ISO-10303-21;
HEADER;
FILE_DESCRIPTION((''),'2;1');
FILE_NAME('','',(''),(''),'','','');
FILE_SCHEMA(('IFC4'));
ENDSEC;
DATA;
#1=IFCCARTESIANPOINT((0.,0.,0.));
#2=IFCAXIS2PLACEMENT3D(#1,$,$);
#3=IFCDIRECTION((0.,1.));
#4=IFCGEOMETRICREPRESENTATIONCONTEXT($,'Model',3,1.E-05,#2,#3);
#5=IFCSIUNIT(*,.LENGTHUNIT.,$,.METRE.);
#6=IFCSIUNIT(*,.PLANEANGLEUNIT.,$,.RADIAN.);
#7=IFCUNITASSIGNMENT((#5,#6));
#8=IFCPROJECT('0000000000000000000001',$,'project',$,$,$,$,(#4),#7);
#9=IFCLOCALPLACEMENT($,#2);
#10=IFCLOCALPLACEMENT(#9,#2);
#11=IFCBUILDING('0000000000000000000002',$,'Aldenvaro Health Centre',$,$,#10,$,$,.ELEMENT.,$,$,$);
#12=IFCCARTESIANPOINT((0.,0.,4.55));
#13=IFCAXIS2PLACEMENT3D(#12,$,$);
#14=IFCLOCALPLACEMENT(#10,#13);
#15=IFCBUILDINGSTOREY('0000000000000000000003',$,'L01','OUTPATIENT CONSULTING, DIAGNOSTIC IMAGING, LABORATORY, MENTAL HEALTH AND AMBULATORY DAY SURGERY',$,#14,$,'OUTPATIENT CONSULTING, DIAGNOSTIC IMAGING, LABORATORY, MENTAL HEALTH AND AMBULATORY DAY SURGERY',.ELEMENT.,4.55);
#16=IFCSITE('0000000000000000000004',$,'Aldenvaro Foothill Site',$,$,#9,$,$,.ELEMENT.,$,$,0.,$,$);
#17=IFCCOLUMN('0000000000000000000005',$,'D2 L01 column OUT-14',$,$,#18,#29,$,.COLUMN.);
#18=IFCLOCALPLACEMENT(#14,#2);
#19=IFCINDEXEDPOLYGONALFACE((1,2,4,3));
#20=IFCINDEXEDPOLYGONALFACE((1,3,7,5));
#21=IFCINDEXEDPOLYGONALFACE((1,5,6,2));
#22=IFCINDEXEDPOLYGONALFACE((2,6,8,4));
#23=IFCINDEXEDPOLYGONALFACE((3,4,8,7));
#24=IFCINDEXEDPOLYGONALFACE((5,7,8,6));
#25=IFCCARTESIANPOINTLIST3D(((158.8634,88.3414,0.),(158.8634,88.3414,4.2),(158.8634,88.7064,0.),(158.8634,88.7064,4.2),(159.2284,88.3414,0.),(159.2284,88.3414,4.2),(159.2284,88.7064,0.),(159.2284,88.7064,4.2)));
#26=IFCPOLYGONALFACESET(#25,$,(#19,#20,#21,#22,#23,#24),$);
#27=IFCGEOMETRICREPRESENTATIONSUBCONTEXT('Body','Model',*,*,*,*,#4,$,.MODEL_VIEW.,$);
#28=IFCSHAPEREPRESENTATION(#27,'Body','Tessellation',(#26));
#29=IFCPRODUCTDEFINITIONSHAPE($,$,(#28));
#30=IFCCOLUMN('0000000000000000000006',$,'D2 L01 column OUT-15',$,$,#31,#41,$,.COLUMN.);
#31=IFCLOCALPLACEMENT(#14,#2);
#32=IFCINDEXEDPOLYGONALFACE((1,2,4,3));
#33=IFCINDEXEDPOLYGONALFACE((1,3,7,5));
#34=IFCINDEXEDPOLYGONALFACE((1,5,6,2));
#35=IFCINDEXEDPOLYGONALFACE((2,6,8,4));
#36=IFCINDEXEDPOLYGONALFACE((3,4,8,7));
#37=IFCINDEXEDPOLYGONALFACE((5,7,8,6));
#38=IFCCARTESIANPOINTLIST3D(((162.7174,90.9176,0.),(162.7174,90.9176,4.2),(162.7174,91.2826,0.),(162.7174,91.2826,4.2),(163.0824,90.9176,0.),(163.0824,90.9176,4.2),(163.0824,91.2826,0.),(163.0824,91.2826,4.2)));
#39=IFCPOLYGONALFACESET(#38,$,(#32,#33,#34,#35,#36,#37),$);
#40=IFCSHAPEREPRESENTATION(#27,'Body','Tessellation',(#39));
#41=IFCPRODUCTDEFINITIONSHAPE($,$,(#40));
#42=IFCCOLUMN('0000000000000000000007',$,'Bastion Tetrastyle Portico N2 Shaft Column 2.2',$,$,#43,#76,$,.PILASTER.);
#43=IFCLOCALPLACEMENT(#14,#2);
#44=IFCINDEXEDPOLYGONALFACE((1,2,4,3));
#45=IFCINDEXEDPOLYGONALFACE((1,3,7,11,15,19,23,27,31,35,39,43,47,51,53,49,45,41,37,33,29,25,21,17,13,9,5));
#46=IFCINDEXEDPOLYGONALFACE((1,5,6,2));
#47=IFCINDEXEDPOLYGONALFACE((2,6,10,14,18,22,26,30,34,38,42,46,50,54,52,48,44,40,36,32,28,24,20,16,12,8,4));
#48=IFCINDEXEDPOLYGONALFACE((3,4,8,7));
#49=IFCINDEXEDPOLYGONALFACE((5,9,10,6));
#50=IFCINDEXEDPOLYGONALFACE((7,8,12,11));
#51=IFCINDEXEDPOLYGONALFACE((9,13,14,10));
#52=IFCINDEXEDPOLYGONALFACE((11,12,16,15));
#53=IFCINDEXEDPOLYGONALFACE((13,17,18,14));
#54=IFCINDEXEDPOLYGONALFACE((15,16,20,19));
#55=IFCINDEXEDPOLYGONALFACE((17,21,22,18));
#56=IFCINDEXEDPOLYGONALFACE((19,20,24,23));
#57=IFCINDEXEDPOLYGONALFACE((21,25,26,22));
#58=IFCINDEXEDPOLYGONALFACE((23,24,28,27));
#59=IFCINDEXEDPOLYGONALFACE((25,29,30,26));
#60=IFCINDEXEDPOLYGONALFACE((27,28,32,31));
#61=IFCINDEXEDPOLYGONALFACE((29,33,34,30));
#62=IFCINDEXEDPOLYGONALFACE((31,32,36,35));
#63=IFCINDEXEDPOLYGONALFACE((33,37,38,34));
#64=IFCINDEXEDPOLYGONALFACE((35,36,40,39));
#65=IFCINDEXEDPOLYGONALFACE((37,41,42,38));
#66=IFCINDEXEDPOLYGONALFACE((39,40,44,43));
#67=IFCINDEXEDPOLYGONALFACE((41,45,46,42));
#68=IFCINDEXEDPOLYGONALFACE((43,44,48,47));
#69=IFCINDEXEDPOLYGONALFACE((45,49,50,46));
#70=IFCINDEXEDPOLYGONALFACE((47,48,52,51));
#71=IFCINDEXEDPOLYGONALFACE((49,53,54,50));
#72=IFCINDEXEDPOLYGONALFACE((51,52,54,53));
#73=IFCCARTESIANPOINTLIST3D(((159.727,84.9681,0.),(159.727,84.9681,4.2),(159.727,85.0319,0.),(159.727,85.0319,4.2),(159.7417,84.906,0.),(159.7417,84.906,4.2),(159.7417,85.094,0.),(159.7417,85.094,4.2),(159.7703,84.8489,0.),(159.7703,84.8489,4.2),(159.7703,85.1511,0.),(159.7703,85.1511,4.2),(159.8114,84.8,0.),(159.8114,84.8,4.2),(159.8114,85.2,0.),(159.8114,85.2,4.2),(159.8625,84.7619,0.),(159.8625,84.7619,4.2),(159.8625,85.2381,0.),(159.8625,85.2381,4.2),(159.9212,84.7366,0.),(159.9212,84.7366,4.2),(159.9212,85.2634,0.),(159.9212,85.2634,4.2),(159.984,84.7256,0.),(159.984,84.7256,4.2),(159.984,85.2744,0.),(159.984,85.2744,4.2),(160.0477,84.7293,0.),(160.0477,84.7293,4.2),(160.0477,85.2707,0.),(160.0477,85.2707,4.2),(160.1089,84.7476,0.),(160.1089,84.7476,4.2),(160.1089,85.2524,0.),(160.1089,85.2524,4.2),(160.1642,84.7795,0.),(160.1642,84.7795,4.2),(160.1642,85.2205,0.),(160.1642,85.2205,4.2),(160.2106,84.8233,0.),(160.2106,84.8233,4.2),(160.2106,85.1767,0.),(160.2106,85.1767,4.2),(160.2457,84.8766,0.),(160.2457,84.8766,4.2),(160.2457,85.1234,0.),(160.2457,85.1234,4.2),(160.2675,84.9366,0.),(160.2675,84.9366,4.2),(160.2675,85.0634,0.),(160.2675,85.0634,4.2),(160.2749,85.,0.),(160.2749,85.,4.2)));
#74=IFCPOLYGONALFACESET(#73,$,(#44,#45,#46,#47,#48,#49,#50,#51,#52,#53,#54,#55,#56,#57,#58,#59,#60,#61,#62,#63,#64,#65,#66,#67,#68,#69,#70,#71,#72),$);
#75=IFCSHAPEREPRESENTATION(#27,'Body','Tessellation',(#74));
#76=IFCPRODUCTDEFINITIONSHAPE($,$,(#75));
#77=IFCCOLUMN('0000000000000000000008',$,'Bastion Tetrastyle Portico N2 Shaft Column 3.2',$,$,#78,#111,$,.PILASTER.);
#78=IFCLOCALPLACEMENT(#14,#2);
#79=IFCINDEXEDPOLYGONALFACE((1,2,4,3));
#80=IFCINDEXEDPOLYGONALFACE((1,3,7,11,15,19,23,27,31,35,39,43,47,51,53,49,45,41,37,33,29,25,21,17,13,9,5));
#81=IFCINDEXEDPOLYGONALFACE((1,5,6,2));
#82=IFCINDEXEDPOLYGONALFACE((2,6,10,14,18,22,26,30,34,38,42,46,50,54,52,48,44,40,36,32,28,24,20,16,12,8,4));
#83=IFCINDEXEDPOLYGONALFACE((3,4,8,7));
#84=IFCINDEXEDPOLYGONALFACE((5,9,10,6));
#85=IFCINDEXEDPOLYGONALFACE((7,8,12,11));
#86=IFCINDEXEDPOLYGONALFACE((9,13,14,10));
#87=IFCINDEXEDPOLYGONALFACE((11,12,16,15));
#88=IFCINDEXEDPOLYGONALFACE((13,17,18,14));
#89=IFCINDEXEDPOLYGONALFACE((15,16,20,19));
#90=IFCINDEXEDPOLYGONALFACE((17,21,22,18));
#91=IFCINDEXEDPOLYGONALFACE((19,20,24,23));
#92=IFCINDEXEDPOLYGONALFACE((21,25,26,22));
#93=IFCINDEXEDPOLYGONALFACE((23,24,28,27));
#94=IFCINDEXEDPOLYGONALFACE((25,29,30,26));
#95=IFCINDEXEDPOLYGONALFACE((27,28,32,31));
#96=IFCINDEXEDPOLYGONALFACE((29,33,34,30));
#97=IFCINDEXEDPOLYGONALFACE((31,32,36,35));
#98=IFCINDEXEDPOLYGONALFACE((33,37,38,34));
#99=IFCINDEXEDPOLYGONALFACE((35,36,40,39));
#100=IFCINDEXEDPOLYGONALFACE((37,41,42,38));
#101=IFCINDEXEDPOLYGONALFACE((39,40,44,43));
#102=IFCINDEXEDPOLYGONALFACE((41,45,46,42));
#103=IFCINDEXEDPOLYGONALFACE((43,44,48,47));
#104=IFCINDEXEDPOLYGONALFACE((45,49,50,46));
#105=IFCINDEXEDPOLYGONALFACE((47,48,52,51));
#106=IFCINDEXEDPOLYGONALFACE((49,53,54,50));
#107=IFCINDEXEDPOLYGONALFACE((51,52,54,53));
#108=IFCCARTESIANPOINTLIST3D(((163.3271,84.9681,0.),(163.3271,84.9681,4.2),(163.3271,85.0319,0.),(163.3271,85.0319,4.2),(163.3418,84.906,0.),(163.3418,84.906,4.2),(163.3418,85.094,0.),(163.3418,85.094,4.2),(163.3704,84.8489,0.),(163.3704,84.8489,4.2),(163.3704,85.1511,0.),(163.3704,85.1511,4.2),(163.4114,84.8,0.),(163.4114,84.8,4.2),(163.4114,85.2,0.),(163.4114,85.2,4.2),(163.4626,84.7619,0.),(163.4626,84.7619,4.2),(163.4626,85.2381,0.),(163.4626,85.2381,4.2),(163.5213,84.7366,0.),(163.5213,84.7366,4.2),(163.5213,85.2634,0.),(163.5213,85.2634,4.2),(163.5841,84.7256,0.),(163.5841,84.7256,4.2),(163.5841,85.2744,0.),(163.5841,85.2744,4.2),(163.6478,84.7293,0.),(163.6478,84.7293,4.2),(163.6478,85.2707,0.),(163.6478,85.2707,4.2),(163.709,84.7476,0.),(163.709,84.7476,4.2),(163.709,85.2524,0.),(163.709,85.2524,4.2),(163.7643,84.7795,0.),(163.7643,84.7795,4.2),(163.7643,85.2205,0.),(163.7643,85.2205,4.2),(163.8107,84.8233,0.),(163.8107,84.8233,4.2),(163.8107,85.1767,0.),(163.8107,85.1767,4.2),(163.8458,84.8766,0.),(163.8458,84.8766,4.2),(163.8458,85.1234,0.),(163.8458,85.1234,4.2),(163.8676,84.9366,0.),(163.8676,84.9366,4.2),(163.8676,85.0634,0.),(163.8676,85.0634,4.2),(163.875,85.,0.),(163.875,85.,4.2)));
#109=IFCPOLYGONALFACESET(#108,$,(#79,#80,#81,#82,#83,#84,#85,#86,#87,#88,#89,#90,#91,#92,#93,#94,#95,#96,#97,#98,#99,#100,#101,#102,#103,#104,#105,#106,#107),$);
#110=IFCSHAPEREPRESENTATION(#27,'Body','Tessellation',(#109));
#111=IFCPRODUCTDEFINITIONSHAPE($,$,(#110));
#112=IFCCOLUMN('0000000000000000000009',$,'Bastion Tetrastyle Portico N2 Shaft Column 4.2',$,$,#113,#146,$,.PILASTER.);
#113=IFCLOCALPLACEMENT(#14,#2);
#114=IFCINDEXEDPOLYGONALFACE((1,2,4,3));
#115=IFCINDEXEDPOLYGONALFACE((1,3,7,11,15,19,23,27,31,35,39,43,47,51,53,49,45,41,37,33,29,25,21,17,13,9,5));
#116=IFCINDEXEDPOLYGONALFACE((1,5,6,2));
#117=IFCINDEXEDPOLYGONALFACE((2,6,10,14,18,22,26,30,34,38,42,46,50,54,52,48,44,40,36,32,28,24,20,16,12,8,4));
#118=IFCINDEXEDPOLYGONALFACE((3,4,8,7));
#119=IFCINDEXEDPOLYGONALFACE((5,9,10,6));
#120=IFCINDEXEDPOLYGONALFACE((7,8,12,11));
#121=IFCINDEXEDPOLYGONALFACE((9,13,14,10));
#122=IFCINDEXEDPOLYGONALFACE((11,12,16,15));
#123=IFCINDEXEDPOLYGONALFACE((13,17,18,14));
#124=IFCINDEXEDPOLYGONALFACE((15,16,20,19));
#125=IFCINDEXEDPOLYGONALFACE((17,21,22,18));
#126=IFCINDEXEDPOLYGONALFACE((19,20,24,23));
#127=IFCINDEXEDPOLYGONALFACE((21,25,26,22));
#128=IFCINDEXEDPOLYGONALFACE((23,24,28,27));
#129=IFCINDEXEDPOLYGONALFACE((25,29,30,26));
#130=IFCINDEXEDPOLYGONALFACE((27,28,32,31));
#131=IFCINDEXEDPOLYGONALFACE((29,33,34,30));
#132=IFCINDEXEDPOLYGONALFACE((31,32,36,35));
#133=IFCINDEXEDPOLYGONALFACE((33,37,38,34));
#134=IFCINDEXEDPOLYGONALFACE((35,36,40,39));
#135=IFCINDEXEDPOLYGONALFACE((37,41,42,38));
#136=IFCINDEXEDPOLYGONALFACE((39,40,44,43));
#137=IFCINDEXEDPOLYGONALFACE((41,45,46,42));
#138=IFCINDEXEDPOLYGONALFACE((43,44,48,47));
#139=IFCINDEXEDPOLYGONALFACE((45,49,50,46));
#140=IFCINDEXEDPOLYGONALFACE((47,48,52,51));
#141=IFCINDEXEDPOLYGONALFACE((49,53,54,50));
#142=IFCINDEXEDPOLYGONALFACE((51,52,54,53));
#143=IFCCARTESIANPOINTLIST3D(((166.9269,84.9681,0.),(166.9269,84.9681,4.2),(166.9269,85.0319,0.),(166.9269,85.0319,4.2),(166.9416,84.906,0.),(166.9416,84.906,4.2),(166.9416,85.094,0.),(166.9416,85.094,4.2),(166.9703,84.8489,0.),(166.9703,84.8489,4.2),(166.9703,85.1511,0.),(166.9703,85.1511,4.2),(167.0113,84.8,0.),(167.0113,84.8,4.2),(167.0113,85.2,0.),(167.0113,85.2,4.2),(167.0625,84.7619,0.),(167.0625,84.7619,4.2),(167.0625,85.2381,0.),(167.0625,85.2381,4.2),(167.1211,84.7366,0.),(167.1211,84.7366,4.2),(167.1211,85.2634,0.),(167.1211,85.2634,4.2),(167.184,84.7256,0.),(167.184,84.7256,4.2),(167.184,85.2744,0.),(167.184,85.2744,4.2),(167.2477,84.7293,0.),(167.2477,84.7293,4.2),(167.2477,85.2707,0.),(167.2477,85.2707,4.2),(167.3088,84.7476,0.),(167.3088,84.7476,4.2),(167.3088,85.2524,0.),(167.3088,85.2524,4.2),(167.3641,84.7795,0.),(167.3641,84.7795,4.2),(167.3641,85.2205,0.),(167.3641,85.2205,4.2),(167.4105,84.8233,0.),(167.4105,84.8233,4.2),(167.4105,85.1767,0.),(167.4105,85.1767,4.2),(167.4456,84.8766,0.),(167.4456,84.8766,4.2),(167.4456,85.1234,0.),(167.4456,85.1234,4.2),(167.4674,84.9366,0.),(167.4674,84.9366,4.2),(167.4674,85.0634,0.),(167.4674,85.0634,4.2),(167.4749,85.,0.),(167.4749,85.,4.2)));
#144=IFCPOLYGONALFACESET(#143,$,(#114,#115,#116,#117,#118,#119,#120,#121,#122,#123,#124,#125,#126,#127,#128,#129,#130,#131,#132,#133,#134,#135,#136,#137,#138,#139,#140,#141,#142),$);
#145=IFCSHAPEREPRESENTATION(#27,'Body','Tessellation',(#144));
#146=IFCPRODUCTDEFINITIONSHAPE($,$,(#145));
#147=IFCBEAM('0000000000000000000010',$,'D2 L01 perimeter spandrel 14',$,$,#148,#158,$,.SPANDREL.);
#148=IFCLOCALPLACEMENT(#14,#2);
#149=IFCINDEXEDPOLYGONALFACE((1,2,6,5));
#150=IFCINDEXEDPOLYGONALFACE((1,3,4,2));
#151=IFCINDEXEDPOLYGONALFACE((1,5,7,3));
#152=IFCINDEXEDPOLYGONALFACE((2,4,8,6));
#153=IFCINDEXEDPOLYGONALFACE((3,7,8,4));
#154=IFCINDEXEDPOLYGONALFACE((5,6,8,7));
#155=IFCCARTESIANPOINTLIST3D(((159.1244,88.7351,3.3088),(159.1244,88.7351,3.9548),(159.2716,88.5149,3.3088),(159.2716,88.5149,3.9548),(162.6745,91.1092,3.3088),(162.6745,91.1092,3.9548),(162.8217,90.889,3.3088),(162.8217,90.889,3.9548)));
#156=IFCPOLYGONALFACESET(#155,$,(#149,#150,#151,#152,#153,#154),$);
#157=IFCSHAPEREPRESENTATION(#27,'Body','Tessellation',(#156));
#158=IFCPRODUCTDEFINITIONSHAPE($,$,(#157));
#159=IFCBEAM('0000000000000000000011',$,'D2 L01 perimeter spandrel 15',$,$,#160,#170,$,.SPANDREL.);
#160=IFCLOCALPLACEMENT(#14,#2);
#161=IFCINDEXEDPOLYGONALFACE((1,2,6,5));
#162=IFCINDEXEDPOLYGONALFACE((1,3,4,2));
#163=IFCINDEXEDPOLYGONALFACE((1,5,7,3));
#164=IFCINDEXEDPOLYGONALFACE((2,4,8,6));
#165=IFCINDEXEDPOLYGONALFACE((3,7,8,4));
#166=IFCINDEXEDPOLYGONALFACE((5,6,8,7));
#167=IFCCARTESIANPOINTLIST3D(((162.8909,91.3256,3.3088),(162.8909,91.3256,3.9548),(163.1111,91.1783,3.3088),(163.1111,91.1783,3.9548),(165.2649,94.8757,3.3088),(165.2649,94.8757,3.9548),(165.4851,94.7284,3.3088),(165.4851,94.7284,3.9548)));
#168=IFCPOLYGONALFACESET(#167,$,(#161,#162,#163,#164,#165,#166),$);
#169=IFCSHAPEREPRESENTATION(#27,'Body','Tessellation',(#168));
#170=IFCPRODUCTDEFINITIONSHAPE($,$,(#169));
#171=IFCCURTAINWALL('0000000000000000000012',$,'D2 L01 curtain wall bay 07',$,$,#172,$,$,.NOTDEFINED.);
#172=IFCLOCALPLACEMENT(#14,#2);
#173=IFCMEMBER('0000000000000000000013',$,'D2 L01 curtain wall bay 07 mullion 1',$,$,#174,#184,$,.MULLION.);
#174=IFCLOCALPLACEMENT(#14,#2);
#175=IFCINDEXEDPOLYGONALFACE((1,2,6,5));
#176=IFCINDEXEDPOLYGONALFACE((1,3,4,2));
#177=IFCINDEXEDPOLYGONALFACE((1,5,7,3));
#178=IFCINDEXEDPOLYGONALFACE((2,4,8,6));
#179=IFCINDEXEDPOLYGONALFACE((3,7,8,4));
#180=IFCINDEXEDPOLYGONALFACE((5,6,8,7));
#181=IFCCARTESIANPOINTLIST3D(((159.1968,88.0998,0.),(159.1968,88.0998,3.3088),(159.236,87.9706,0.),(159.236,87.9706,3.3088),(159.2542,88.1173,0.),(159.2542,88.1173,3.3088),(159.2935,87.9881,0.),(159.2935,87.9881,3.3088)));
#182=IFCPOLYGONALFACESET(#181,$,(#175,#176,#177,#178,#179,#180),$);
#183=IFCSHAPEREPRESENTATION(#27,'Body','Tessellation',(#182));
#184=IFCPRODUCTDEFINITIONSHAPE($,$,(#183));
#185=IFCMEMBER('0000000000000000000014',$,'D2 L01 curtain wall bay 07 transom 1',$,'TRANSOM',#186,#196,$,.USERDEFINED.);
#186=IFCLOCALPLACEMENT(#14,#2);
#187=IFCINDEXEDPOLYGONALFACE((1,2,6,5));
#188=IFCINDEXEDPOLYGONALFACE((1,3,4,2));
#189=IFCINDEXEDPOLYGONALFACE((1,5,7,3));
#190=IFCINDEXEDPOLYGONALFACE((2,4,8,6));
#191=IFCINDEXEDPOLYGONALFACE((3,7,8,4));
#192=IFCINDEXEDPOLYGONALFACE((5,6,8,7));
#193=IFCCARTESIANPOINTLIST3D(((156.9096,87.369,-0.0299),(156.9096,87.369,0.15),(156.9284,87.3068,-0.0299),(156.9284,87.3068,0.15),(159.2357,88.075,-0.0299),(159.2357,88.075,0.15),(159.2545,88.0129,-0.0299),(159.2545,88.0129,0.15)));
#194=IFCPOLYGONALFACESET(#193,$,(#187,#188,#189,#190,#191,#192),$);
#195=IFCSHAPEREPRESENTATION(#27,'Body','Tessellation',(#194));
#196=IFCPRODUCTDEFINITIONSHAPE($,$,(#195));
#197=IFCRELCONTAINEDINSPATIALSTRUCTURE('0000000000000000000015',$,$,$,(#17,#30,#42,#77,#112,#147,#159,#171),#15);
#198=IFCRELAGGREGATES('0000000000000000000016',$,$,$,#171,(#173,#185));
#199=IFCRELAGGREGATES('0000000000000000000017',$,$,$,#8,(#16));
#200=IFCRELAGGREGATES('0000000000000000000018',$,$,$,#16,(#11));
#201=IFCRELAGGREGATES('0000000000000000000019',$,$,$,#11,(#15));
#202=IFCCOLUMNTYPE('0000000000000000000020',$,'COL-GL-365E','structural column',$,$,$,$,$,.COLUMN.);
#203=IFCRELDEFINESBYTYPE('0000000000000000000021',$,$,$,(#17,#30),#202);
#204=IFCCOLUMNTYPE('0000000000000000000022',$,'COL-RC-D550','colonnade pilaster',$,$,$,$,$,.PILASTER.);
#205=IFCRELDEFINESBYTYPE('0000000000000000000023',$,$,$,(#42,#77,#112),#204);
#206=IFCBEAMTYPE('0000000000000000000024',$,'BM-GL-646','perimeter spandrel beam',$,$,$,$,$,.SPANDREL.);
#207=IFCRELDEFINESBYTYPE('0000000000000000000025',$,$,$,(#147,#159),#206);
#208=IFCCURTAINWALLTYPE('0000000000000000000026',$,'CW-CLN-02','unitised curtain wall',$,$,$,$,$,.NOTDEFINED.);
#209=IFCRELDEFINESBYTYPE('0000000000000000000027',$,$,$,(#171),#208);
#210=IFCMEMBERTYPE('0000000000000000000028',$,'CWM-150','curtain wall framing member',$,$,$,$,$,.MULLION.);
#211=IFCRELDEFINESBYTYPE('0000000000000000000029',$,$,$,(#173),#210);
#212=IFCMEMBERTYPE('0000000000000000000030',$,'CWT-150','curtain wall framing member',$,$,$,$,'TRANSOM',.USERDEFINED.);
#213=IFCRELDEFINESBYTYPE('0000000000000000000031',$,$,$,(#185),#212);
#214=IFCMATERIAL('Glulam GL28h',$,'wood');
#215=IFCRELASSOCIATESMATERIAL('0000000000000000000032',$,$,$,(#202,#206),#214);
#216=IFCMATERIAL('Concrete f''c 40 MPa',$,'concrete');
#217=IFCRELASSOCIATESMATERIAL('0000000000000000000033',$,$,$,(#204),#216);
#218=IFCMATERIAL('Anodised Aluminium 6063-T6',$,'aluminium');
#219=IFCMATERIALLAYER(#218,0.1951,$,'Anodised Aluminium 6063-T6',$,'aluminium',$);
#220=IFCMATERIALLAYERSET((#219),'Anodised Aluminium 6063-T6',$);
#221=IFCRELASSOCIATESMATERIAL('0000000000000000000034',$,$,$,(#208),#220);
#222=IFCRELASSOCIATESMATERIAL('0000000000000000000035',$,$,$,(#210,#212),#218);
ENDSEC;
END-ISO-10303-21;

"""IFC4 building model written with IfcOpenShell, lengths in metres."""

from ifc_helpers import new_model, si_unit, direction, frame, origin, origin_2d, place, context, subcontext, project, spatial, rectangle, circle, extrude, material, layer, layer_set, material_profile, profile_set, type_object, element, aggregate, save


model = new_model("IFC4")

# Units and contexts
model_context = context("Model", 3, precision=1e-05, world=origin(), true_north=direction((0.0, 1.0)))
body_context = subcontext(model_context, "Body", "Model", "MODEL_VIEW")
ifc_project = project(units=[si_unit("LENGTHUNIT", "METRE"), si_unit("PLANEANGLEUNIT", "RADIAN")], contexts=[model_context])

# Site, building, storey
site_placement = place(None, origin())
site = spatial("IfcSite", under=ifc_project, at=site_placement, Name="Aldenvaro Foothill Site", CompositionType="ELEMENT", RefElevation=0.0)
building_placement = place(site_placement, origin())
building = spatial("IfcBuilding", under=site, at=building_placement, Name="Aldenvaro Health Centre", CompositionType="ELEMENT")
storey_placement = place(building_placement, frame((0.0, 0.0, 4.55)))
storey = spatial("IfcBuildingStorey", under=building, at=storey_placement, Name="L01", Description="OUTPATIENT CONSULTING, DIAGNOSTIC IMAGING, LABORATORY, MENTAL HEALTH AND AMBULATORY DAY SURGERY", LongName="OUTPATIENT CONSULTING, DIAGNOSTIC IMAGING, LABORATORY, MENTAL HEALTH AND AMBULATORY DAY SURGERY", CompositionType="ELEMENT", Elevation=4.55)

# Columns
ifc_material_1 = material(Name="Glulam GL28h", Category="wood")
ifc_material_profile_1 = material_profile(ifc_material_1, rectangle(XDim=0.365, YDim=0.365, at=origin_2d()), Name="GL 365x365", Category="wood")
ifc_profile_set_1 = profile_set([ifc_material_profile_1], Name="Glulam GL28h")
column_type_1 = type_object("IfcColumnType", Name="COL-GL-365E", Description="structural column", PredefinedType="COLUMN", material=ifc_profile_set_1)
for number, where, z_axis, x_axis, name in (
    (1, (159.0459, 88.5239, 0.0), (0.0, 0.0, 1.0), (1.0, 0.0, 0.0), "D2 L01 column OUT-14"),
    (2, (162.8999, 91.1001, 0.0), (0.0, 0.0, 1.0), (1.0, 0.0, 0.0), "D2 L01 column OUT-15"),
):
    element("IfcColumn", number, at=place(storey_placement, frame(where, z_axis=z_axis, x_axis=x_axis)), inside=storey, type_object=column_type_1, Name=name, PredefinedType="COLUMN", context=body_context, shape_type="SweptSolid", body=[
        extrude(rectangle(XDim=0.365, YDim=0.365, at=origin_2d()), origin(), (0.0, 0.0, 1.0), 4.2),
    ])
ifc_material_2 = material(Name="Concrete f'c 40 MPa", Category="concrete")
ifc_material_profile_2 = material_profile(ifc_material_2, circle(Radius=0.2749, at=origin_2d()), Name="RC D550", Category="concrete")
ifc_profile_set_2 = profile_set([ifc_material_profile_2], Name="Concrete f'c 40 MPa")
column_type_2 = type_object("IfcColumnType", Name="COL-RC-D550", Description="colonnade pilaster", PredefinedType="PILASTER", material=ifc_profile_set_2)
for number, where, z_axis, x_axis, name in (
    (3, (160.0, 85.0, 0.0), (0.0, 0.0, 1.0), (1.0, 0.0, 0.0), "Bastion Tetrastyle Portico N2 Shaft Column 2.2"),
    (4, (163.6001, 85.0, 0.0), (0.0, 0.0, 1.0), (1.0, 0.0, 0.0), "Bastion Tetrastyle Portico N2 Shaft Column 3.2"),
    (5, (167.2, 85.0, 0.0), (0.0, 0.0, 1.0), (1.0, 0.0, 0.0), "Bastion Tetrastyle Portico N2 Shaft Column 4.2"),
):
    element("IfcColumn", number, at=place(storey_placement, frame(where, z_axis=z_axis, x_axis=x_axis)), inside=storey, type_object=column_type_2, Name=name, PredefinedType="PILASTER", context=body_context, shape_type="SweptSolid", body=[
        extrude(circle(Radius=0.2749, at=origin_2d()), origin(), (0.0, 0.0, 1.0), 4.2),
    ])

# Beams
ifc_material_profile_3 = material_profile(ifc_material_1, rectangle(XDim=0.2649, YDim=0.646, at=origin_2d()), Name="GL 265x646", Category="wood")
ifc_profile_set_3 = profile_set([ifc_material_profile_3], Name="Glulam GL28h")
beam_type = type_object("IfcBeamType", Name="BM-GL-646", Description="perimeter spandrel beam", PredefinedType="SPANDREL", material=ifc_profile_set_3)
for number, where, z_axis, x_axis, name in (
    (6, (159.198, 88.625, 3.6318), (0.831258, 0.555887, 0.0), (-0.555887, 0.831258, 0.0), "D2 L01 perimeter spandrel 14"),
    (7, (163.001, 91.252, 3.6318), (0.555887, 0.831258, 0.0), (-0.831258, 0.555887, 0.0), "D2 L01 perimeter spandrel 15"),
):
    element("IfcBeam", number, at=place(storey_placement, frame(where, z_axis=z_axis, x_axis=x_axis)), inside=storey, type_object=beam_type, Name=name, PredefinedType="SPANDREL", context=body_context, shape_type="SweptSolid", body=[
        extrude(rectangle(XDim=0.2649, YDim=0.646, at=origin_2d()), origin(), (0.0, 0.0, 1.0), 4.2708),
    ])

# Curtain wall, members
ifc_material_3 = material(Name="Anodised Aluminium 6063-T6", Category="aluminium")
ifc_layer_1 = layer(ifc_material_3, 0.1951, Name="Anodised Aluminium 6063-T6", Category="aluminium")
ifc_layer_set_1 = layer_set([ifc_layer_1], Name="Anodised Aluminium 6063-T6")
curtain_wall_type = type_object("IfcCurtainWallType", Name="CW-CLN-02", Description="unitised curtain wall", PredefinedType="NOTDEFINED", material=ifc_layer_set_1)
curtain_wall_placement = place(storey_placement, origin())
curtain_wall = element("IfcCurtainWall", 8, at=curtain_wall_placement, inside=storey, type_object=curtain_wall_type, Name="D2 L01 curtain wall bay 07", PredefinedType="NOTDEFINED")
ifc_material_profile_4 = material_profile(ifc_material_3, rectangle(XDim=0.0601, YDim=0.135, at=origin_2d()), Name="ALU 60x135", Category="aluminium")
ifc_profile_set_4 = profile_set([ifc_material_profile_4], Name="Anodised Aluminium 6063-T6")
member_type_1 = type_object("IfcMemberType", Name="CWM-150", Description="curtain wall framing member", PredefinedType="MULLION", material=ifc_profile_set_4)
member_1_placement = place(storey_placement, frame((159.2451, 88.0439, 0.0), z_axis=(0.0, 0.0, 1.0), x_axis=(-0.956893, -0.290441, 0.0)))
member_1 = element("IfcMember", 9, at=member_1_placement, type_object=member_type_1, Name="D2 L01 curtain wall bay 07 mullion 1", PredefinedType="MULLION", context=body_context, shape_type="SweptSolid", body=[
    extrude(rectangle(XDim=0.0601, YDim=0.135, at=origin_2d()), origin(), (0.0, 0.0, 1.0), 3.3088),
])
ifc_material_profile_5 = material_profile(ifc_material_3, rectangle(XDim=0.0649, YDim=0.1799, at=origin_2d()), Name="ALU 65x180", Category="aluminium")
ifc_profile_set_5 = profile_set([ifc_material_profile_5], Name="Anodised Aluminium 6063-T6")
member_type_2 = type_object("IfcMemberType", Name="CWT-150", Description="curtain wall framing member", ElementType="TRANSOM", PredefinedType="USERDEFINED", material=ifc_profile_set_5)
member_2_placement = place(storey_placement, frame((159.2451, 88.0439, 0.0601), z_axis=(-0.956893, -0.290442, 0.0), x_axis=(0.290442, -0.956893, 0.0)))
member_2 = element("IfcMember", 10, at=member_2_placement, type_object=member_type_2, Name="D2 L01 curtain wall bay 07 transom 1", ObjectType="TRANSOM", PredefinedType="USERDEFINED", context=body_context, shape_type="SweptSolid", body=[
    extrude(rectangle(XDim=0.0649, YDim=0.1799, at=origin_2d()), origin(), (0.0, 0.0, 1.0), 2.4309),
])
aggregate(curtain_wall, [member_1, member_2])

save(model, "model.ifc")
